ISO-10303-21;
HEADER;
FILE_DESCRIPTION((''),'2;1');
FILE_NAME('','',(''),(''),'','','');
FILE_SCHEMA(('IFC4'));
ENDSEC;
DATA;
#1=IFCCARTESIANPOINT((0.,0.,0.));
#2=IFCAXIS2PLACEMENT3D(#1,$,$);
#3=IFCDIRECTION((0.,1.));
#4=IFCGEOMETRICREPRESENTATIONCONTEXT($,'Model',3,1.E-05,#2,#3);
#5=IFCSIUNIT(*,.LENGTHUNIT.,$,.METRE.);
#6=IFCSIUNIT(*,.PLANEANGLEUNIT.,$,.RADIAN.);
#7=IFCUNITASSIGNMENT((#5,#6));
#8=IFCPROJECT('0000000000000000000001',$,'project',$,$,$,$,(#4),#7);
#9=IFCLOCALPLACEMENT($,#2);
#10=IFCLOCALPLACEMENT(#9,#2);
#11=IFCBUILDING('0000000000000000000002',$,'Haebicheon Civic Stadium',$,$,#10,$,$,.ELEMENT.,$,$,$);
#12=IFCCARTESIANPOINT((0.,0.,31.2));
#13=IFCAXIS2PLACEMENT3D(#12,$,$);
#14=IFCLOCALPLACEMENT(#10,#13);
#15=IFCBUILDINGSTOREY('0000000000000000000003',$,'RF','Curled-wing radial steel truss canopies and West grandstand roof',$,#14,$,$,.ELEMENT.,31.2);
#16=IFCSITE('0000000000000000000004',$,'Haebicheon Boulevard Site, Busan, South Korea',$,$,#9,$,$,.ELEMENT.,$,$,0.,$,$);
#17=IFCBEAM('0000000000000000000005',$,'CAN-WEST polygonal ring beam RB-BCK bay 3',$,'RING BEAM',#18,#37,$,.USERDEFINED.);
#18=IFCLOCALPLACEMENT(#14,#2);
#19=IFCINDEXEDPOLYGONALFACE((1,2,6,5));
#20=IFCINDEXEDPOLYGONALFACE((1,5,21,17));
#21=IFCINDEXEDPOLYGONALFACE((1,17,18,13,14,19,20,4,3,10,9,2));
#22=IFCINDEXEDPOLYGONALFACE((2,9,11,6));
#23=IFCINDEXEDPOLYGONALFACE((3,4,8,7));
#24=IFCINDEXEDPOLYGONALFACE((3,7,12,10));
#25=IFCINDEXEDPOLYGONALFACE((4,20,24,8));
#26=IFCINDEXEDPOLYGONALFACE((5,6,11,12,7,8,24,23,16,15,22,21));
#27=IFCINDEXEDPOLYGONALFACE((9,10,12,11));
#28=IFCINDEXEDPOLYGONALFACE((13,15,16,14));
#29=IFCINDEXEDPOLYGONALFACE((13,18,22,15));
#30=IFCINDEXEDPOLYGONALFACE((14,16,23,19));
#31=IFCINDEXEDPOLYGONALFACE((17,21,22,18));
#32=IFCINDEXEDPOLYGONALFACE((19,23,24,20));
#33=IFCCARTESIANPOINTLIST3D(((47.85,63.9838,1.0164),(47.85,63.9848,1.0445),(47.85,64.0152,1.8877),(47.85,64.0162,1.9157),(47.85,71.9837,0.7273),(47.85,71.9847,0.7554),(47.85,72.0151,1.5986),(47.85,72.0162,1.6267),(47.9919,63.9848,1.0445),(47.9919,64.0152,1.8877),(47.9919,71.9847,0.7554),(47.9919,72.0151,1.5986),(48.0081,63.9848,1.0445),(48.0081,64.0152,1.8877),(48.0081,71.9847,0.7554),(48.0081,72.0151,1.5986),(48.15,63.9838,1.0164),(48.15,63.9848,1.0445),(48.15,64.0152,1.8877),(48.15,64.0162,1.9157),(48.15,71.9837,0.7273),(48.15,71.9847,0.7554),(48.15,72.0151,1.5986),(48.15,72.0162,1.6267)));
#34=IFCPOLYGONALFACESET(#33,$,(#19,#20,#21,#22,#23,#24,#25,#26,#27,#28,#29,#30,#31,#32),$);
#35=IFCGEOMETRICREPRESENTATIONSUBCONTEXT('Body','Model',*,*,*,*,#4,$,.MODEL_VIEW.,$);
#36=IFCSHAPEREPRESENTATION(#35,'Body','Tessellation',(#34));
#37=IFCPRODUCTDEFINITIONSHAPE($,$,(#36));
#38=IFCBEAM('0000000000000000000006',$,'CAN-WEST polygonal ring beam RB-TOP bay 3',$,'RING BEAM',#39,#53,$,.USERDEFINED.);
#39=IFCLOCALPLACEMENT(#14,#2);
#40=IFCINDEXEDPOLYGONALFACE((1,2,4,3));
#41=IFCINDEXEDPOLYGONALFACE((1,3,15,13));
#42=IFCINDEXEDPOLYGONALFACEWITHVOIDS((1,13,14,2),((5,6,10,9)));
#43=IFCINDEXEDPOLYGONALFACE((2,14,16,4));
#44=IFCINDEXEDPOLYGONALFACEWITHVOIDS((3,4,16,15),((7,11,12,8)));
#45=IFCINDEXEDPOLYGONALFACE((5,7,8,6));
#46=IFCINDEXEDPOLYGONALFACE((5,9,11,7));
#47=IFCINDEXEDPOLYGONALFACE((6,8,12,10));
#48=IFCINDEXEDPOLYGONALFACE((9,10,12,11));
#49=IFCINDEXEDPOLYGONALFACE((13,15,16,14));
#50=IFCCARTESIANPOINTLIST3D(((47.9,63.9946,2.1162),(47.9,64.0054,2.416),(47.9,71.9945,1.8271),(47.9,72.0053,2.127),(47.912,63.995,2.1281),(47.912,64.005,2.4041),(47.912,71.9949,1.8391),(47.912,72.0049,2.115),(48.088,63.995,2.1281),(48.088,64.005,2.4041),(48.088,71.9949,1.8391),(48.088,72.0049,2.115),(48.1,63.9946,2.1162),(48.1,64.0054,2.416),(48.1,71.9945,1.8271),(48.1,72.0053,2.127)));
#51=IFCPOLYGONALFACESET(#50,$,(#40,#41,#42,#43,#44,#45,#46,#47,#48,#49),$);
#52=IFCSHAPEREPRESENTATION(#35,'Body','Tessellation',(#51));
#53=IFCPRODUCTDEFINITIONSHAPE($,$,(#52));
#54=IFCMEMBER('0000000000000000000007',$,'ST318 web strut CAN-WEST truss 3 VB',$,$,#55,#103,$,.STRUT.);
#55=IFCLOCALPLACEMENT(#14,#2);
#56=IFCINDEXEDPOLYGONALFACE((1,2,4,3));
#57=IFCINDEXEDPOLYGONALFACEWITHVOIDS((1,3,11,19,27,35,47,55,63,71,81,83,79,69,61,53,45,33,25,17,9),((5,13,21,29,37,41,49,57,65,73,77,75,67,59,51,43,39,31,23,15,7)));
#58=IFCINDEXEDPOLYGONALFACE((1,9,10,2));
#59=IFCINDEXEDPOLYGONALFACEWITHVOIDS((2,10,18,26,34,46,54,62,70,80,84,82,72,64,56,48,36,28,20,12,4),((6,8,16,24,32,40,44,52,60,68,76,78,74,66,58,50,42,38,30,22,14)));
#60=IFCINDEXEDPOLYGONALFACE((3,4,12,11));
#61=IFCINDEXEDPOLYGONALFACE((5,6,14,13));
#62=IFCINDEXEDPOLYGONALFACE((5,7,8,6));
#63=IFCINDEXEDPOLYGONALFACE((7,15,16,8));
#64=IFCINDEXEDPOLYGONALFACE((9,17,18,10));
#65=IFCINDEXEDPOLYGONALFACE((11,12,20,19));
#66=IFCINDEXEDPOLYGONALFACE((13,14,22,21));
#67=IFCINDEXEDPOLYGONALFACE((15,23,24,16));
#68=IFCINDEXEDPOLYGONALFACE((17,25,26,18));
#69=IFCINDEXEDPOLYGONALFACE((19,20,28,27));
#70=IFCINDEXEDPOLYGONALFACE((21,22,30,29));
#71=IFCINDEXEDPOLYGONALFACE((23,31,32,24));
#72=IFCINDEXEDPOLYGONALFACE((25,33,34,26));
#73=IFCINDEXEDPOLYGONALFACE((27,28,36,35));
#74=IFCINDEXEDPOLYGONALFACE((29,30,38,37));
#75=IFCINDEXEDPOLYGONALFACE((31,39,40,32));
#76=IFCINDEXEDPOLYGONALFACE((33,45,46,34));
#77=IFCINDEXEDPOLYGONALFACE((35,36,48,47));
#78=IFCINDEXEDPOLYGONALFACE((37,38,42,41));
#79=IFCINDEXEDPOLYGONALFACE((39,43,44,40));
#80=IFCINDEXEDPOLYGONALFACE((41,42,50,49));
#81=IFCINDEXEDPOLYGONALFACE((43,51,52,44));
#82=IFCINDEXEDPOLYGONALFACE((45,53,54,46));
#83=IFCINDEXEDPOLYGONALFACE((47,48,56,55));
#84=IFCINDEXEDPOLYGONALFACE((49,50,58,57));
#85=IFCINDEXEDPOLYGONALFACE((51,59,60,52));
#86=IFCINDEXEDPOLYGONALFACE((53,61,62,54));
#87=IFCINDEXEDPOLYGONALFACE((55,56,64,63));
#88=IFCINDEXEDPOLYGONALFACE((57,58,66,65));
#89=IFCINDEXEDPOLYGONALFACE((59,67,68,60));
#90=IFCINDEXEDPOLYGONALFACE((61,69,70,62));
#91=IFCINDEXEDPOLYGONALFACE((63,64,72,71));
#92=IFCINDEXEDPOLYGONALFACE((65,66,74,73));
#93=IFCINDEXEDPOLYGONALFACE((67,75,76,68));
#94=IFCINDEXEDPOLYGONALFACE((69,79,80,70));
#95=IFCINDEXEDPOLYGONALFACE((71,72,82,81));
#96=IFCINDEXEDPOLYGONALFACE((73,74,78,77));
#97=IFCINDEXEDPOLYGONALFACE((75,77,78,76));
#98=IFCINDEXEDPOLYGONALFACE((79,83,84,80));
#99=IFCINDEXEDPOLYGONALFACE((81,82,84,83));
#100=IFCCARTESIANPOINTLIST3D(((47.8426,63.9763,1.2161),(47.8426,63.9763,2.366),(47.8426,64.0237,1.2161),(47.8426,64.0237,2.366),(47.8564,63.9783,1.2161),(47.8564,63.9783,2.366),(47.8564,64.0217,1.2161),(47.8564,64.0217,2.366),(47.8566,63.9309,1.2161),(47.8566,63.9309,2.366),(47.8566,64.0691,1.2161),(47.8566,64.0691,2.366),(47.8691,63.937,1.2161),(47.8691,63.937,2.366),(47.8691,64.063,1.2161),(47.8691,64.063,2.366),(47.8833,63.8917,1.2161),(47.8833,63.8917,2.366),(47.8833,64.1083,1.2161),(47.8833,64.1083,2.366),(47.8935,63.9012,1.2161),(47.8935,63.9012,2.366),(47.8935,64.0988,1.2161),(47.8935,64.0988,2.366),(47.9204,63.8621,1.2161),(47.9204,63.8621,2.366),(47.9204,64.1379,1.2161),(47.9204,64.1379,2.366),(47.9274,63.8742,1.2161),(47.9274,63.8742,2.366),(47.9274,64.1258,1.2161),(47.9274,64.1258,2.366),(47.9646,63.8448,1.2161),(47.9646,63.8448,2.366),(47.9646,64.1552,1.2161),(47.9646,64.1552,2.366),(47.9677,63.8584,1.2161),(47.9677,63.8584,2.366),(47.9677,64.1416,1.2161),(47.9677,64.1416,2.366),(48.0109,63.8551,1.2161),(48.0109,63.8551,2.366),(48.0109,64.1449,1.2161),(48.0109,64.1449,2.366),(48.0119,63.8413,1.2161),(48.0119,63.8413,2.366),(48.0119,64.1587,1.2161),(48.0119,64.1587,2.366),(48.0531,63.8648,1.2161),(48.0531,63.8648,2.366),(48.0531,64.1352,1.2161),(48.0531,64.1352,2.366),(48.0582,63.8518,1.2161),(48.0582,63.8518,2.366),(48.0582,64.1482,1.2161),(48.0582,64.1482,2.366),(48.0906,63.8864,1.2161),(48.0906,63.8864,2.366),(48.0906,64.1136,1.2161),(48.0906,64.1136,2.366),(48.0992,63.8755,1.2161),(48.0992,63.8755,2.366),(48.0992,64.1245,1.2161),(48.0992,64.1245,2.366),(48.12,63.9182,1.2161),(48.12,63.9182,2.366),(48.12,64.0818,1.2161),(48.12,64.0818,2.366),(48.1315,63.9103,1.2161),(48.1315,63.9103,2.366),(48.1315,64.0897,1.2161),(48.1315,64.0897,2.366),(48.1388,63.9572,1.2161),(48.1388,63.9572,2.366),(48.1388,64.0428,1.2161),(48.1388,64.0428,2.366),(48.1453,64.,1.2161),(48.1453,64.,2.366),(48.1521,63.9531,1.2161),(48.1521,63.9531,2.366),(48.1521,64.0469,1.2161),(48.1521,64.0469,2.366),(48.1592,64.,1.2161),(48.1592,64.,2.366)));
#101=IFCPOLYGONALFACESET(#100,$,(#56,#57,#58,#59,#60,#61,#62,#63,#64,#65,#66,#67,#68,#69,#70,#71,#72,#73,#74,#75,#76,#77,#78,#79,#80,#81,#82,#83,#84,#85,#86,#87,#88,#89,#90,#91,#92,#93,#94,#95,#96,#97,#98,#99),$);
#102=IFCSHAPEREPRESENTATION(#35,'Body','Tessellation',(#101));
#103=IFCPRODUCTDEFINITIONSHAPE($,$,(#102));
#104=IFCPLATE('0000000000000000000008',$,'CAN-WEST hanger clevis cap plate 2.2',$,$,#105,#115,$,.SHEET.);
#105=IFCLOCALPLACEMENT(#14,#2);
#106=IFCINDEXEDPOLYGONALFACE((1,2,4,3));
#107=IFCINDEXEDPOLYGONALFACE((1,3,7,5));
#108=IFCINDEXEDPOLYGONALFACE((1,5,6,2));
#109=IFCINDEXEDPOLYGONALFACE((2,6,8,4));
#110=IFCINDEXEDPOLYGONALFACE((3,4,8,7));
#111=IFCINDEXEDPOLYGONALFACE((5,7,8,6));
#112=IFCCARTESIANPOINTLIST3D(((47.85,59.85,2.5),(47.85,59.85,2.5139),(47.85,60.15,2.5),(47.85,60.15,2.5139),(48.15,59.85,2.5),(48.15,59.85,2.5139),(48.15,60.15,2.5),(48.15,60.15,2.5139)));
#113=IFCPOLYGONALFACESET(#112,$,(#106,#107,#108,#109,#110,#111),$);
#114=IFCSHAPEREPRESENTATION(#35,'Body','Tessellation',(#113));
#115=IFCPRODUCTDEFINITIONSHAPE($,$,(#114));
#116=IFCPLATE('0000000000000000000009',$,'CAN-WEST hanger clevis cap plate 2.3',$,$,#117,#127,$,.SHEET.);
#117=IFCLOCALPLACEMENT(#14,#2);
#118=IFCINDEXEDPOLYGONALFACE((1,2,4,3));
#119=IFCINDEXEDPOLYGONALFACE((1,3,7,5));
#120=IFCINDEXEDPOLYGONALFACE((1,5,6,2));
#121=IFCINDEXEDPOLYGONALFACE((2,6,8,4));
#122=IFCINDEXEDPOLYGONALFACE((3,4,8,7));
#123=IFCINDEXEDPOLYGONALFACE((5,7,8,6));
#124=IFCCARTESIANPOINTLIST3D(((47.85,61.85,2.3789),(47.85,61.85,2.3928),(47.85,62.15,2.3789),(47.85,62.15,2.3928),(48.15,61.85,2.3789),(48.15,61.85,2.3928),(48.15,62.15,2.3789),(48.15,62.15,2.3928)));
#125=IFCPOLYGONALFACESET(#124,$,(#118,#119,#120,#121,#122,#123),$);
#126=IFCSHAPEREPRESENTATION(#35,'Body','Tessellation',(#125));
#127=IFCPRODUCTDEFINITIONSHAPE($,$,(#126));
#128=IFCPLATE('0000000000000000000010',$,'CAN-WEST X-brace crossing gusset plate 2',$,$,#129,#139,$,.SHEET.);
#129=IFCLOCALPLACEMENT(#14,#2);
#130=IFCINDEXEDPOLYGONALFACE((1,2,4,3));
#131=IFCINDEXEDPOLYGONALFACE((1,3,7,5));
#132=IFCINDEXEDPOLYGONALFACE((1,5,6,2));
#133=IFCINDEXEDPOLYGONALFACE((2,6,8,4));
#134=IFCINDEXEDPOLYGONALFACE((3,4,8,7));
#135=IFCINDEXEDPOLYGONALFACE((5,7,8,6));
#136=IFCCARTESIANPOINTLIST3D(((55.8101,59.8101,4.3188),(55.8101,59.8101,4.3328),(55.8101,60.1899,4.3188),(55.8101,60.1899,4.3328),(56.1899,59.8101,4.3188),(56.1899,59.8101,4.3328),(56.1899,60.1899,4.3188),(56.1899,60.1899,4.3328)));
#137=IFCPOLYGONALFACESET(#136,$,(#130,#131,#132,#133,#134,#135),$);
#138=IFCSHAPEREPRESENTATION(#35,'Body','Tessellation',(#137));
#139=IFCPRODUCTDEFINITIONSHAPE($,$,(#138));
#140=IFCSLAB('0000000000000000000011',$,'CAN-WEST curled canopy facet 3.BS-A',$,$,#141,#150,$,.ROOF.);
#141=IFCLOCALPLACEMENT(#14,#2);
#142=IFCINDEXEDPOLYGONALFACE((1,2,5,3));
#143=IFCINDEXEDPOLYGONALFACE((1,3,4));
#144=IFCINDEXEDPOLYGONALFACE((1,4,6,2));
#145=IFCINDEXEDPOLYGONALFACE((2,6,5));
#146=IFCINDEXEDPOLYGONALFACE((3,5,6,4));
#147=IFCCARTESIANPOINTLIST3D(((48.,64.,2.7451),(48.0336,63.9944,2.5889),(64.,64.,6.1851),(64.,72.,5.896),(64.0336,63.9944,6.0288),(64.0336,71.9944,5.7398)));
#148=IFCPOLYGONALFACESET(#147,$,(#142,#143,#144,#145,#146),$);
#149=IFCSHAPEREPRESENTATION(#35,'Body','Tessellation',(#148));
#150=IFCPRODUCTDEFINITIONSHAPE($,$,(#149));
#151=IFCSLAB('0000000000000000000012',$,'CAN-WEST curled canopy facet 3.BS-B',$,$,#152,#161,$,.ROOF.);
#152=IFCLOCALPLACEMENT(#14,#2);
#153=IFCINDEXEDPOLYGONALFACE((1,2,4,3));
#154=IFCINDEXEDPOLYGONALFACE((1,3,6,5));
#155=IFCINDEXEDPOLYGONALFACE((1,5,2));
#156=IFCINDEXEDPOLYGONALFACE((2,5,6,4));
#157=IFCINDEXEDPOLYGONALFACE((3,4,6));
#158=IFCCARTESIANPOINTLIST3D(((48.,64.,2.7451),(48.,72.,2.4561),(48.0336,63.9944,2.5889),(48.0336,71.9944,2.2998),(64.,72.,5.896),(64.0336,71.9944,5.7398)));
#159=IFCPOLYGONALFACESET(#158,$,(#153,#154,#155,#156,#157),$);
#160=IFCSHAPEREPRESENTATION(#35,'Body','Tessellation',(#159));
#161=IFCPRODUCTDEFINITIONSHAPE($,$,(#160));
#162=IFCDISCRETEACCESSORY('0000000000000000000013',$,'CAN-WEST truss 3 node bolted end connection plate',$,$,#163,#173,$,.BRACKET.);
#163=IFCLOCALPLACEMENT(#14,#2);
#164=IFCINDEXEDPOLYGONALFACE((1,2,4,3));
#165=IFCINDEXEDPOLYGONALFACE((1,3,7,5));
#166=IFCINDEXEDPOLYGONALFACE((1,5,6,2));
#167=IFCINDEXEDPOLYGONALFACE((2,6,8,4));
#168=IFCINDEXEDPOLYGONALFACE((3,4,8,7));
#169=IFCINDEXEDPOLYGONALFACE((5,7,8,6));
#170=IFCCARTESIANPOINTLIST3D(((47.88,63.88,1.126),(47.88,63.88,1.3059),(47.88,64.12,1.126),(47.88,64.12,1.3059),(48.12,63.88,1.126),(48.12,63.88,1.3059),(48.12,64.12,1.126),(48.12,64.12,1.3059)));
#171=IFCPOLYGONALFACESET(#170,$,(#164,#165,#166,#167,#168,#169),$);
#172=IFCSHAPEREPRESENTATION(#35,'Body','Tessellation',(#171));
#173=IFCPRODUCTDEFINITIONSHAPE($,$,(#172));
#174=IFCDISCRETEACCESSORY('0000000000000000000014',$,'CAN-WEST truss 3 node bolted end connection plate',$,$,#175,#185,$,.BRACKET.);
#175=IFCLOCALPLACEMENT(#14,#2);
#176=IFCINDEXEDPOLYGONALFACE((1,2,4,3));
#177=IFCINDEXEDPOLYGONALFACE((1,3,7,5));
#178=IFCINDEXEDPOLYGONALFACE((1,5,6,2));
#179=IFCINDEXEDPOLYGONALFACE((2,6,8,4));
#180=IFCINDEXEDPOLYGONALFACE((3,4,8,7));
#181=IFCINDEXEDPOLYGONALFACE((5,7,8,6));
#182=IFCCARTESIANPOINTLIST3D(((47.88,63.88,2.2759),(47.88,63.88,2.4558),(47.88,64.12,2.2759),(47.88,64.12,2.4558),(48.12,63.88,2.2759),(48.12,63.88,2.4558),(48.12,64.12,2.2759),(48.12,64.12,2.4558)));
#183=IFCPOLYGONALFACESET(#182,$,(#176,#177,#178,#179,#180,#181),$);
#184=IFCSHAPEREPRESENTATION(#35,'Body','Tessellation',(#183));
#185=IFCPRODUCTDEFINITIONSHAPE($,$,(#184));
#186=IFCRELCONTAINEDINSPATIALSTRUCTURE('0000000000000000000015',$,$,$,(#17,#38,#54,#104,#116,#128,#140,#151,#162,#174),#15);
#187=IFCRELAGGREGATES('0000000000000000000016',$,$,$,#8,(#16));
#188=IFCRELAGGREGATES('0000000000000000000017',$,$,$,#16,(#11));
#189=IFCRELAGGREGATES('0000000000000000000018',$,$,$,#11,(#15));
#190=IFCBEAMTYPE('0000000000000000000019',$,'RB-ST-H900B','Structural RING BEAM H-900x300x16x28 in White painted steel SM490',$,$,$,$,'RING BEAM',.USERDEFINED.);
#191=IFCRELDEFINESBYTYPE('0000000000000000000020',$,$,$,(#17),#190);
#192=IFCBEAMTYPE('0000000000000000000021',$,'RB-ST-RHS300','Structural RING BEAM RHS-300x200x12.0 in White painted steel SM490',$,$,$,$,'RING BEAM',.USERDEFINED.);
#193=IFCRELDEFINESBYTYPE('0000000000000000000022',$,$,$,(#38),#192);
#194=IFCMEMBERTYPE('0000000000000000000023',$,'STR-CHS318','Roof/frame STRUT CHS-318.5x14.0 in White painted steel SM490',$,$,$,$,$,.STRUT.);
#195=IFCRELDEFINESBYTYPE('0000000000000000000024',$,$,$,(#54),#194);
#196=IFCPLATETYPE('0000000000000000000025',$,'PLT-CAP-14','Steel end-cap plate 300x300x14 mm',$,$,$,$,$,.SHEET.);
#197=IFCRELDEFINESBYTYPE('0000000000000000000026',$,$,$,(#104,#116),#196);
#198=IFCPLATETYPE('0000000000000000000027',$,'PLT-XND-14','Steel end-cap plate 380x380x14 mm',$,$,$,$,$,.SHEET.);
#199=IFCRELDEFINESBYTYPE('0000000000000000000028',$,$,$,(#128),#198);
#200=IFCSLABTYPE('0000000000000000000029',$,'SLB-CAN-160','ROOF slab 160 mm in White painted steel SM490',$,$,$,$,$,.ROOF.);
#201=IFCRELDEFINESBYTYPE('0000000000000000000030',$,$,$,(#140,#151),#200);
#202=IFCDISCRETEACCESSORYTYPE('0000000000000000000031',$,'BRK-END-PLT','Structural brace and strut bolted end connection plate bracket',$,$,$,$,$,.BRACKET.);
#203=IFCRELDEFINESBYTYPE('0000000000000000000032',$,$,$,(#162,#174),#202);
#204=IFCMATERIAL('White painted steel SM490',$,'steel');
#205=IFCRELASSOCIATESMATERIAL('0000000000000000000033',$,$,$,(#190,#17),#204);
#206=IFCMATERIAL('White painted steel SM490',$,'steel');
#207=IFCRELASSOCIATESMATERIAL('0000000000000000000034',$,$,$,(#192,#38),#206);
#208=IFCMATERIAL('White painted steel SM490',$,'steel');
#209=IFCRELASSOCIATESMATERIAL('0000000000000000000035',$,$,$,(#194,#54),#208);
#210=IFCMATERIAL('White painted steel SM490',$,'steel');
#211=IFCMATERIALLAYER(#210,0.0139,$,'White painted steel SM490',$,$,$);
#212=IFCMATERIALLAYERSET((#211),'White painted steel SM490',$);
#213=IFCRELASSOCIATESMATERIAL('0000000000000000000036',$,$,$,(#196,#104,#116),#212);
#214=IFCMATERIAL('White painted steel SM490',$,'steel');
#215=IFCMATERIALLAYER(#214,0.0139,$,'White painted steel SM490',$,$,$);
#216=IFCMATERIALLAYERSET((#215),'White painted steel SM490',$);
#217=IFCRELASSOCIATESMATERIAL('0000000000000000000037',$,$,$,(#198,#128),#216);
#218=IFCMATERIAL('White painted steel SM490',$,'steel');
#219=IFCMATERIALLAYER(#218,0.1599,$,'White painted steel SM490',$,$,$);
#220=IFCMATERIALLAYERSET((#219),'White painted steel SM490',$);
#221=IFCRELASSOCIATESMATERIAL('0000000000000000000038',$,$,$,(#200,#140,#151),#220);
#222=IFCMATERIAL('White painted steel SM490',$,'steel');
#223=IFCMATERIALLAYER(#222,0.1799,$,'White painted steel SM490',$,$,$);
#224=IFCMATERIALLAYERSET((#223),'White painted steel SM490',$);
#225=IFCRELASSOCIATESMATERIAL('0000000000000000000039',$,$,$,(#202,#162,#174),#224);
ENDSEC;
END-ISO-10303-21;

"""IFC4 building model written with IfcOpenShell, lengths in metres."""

from ifc_helpers import new_model, si_unit, direction, frame, origin, origin_2d, place, context, subcontext, project, spatial, polyline, rectangle, hollow_rectangle, hollow_circle, i_section, outline, extrude, material, layer, layer_set, material_profile, profile_set, type_object, element, save


model = new_model("IFC4")

# Units and contexts
model_context = context("Model", 3, precision=1e-05, world=origin(), true_north=direction((0.0, 1.0)))
body_context = subcontext(model_context, "Body", "Model", "MODEL_VIEW")
ifc_project = project(units=[si_unit("LENGTHUNIT", "METRE"), si_unit("PLANEANGLEUNIT", "RADIAN")], contexts=[model_context])

# Site, building, storey
site_placement = place(None, origin())
site = spatial("IfcSite", under=ifc_project, at=site_placement, Name="Haebicheon Boulevard Site, Busan, South Korea", CompositionType="ELEMENT", RefElevation=0.0)
building_placement = place(site_placement, origin())
building = spatial("IfcBuilding", under=site, at=building_placement, Name="Haebicheon Civic Stadium", CompositionType="ELEMENT")
storey_placement = place(building_placement, frame((0.0, 0.0, 31.2)))
storey = spatial("IfcBuildingStorey", under=building, at=storey_placement, Name="RF", Description="Curled-wing radial steel truss canopies and West grandstand roof", CompositionType="ELEMENT", Elevation=31.2)

# Beams
ifc_material_1 = material(Name="White painted steel SM490", Category="steel")
ifc_material_profile_1 = material_profile(ifc_material_1, i_section(OverallWidth=0.3, OverallDepth=0.8999, WebThickness=0.0161, FlangeThickness=0.0281, at=origin_2d()), Name="H-900x300x16x28")
ifc_profile_set_1 = profile_set([ifc_material_profile_1], Name="White painted steel SM490")
beam_type_1 = type_object("IfcBeamType", Name="RB-ST-H900B", Description="Structural RING BEAM H-900x300x16x28 in White painted steel SM490", ElementType="RING BEAM", PredefinedType="USERDEFINED", material=ifc_profile_set_1)
beam_1_placement = place(storey_placement, frame((48.0, 64.0, 1.4661), z_axis=(0.0, 0.999348, -0.036109), x_axis=(-1.0, 0.0, 0.0)))
element("IfcBeam", 1, at=beam_1_placement, inside=storey, type_object=beam_type_1, material=ifc_profile_set_1, Name="CAN-WEST polygonal ring beam RB-BCK bay 3", ObjectType="RING BEAM", PredefinedType="USERDEFINED", context=body_context, shape_type="SweptSolid", body=[
    extrude(i_section(OverallWidth=0.3, OverallDepth=0.8999, WebThickness=0.0161, FlangeThickness=0.0281, at=origin_2d()), origin(), (0.0, 0.0, 1.0), 8.0051),
])
ifc_material_2 = material(Name="White painted steel SM490", Category="steel")
ifc_material_profile_2 = material_profile(ifc_material_2, hollow_rectangle(XDim=0.2, YDim=0.3, WallThickness=0.012, at=origin_2d()), Name="RHS-300x200x12.0")
ifc_profile_set_2 = profile_set([ifc_material_profile_2], Name="White painted steel SM490")
beam_type_2 = type_object("IfcBeamType", Name="RB-ST-RHS300", Description="Structural RING BEAM RHS-300x200x12.0 in White painted steel SM490", ElementType="RING BEAM", PredefinedType="USERDEFINED", material=ifc_profile_set_2)
beam_2_placement = place(storey_placement, frame((48.0, 64.0, 2.2661), z_axis=(0.0, 0.999348, -0.036109), x_axis=(-1.0, 0.0, 0.0)))
element("IfcBeam", 2, at=beam_2_placement, inside=storey, type_object=beam_type_2, material=ifc_profile_set_2, Name="CAN-WEST polygonal ring beam RB-TOP bay 3", ObjectType="RING BEAM", PredefinedType="USERDEFINED", context=body_context, shape_type="SweptSolid", body=[
    extrude(hollow_rectangle(XDim=0.2, YDim=0.3, WallThickness=0.012, at=origin_2d()), origin(), (0.0, 0.0, 1.0), 8.0051),
])

# Member
ifc_material_3 = material(Name="White painted steel SM490", Category="steel")
ifc_material_profile_3 = material_profile(ifc_material_3, hollow_circle(Radius=0.1592, WallThickness=0.0139, at=origin_2d()), Name="CHS-318.5x14.0")
ifc_profile_set_3 = profile_set([ifc_material_profile_3], Name="White painted steel SM490")
member_type_1 = type_object("IfcMemberType", Name="STR-CHS318", Description="Roof/frame STRUT CHS-318.5x14.0 in White painted steel SM490", PredefinedType="STRUT", material=ifc_profile_set_3)
member_1_placement = place(storey_placement, frame((48.0, 64.0, 1.2161), z_axis=(0.0, 0.0, 1.0), x_axis=(1.0, 0.0, 0.0)))
element("IfcMember", 3, at=member_1_placement, inside=storey, type_object=member_type_1, material=ifc_profile_set_3, Name="ST318 web strut CAN-WEST truss 3 VB", PredefinedType="STRUT", context=body_context, shape_type="SweptSolid", body=[
    extrude(hollow_circle(Radius=0.1592, WallThickness=0.0139, at=origin_2d()), origin(), (0.0, 0.0, 1.0), 1.1499),
])

# Plates
ifc_material_4 = material(Name="White painted steel SM490", Category="steel")
ifc_layer_1 = layer(ifc_material_4, 0.0139, Name="White painted steel SM490")
ifc_layer_set_1 = layer_set([ifc_layer_1], Name="White painted steel SM490")
plate_type_1 = type_object("IfcPlateType", Name="PLT-CAP-14", Description="Steel end-cap plate 300x300x14 mm", PredefinedType="SHEET", material=ifc_layer_set_1)
for number, where, z_axis, x_axis, name in (
    (4, (48.0, 60.0, 2.5), (0.0, 0.0, 1.0), (1.0, 0.0, 0.0), "CAN-WEST hanger clevis cap plate 2.2"),
    (5, (48.0, 62.0, 2.3789), (0.0, 0.0, 1.0), (1.0, 0.0, 0.0), "CAN-WEST hanger clevis cap plate 2.3"),
):
    element("IfcPlate", number, at=place(storey_placement, frame(where, z_axis=z_axis, x_axis=x_axis)), inside=storey, type_object=plate_type_1, material=ifc_layer_set_1, Name=name, PredefinedType="SHEET", context=body_context, shape_type="SweptSolid", body=[
        extrude(rectangle(XDim=0.3, YDim=0.3, at=origin_2d()), origin(), (0.0, 0.0, 1.0), 0.0139),
    ])
ifc_material_5 = material(Name="White painted steel SM490", Category="steel")
ifc_layer_2 = layer(ifc_material_5, 0.0139, Name="White painted steel SM490")
ifc_layer_set_2 = layer_set([ifc_layer_2], Name="White painted steel SM490")
plate_type_2 = type_object("IfcPlateType", Name="PLT-XND-14", Description="Steel end-cap plate 380x380x14 mm", PredefinedType="SHEET", material=ifc_layer_set_2)
plate_placement = place(storey_placement, frame((56.0, 60.0, 4.3188), z_axis=(0.0, 0.0, 1.0), x_axis=(1.0, 0.0, 0.0)))
element("IfcPlate", 6, at=plate_placement, inside=storey, type_object=plate_type_2, material=ifc_layer_set_2, Name="CAN-WEST X-brace crossing gusset plate 2", PredefinedType="SHEET", context=body_context, shape_type="SweptSolid", body=[
    extrude(rectangle(XDim=0.3799, YDim=0.3799, at=origin_2d()), origin(), (0.0, 0.0, 1.0), 0.0139),
])

# Slabs
ifc_material_6 = material(Name="White painted steel SM490", Category="steel")
ifc_layer_3 = layer(ifc_material_6, 0.1599, Name="White painted steel SM490")
ifc_layer_set_3 = layer_set([ifc_layer_3], Name="White painted steel SM490")
slab_type = type_object("IfcSlabType", Name="SLB-CAN-160", Description="ROOF slab 160 mm in White painted steel SM490", PredefinedType="ROOF", material=ifc_layer_set_3)
slab_1_placement = place(storey_placement, frame((48.0, 64.0, 2.7451), z_axis=(-0.210062, 0.035304, 0.97705), x_axis=(0.97766, 0.0, 0.210193)))
element("IfcSlab", 7, at=slab_1_placement, inside=storey, type_object=slab_type, material=ifc_layer_set_3, Name="CAN-WEST curled canopy facet 3.BS-A", PredefinedType="ROOF", context=body_context, shape_type="SweptSolid", body=[
    extrude(outline(polyline([(0.0, 0.0), (16.3656, 0.0), (16.3049, 8.005), (0.0, 0.0)])), origin(), (0.0, 0.0, -1.0), 0.1599),
])
slab_2_placement = place(storey_placement, frame((48.0, 64.0, 2.7451), z_axis=(-0.210062, 0.035304, 0.97705), x_axis=(0.880867, 0.440434, 0.173469)))
element("IfcSlab", 8, at=slab_2_placement, inside=storey, type_object=slab_type, material=ifc_layer_set_3, Name="CAN-WEST curled canopy facet 3.BS-B", PredefinedType="ROOF", context=body_context, shape_type="SweptSolid", body=[
    extrude(outline(polyline([(0.0, 0.0), (18.1639, 0.0), (3.4733, 7.2125), (0.0, 0.0)])), origin(), (0.0, 0.0, -1.0), 0.1599),
])

# Discrete accessories
ifc_material_7 = material(Name="White painted steel SM490", Category="steel")
ifc_layer_4 = layer(ifc_material_7, 0.1799, Name="White painted steel SM490")
ifc_layer_set_4 = layer_set([ifc_layer_4], Name="White painted steel SM490")
discrete_accessory_type = type_object("IfcDiscreteAccessoryType", Name="BRK-END-PLT", Description="Structural brace and strut bolted end connection plate bracket", PredefinedType="BRACKET", material=ifc_layer_set_4)
for number, where, z_axis, x_axis, name in (
    (9, (48.0, 64.0, 1.126), (0.0, 0.0, 1.0), (1.0, 0.0, 0.0), "CAN-WEST truss 3 node bolted end connection plate"),
    (10, (48.0, 64.0, 2.2759), (0.0, 0.0, 1.0), (1.0, 0.0, 0.0), "CAN-WEST truss 3 node bolted end connection plate"),
):
    element("IfcDiscreteAccessory", number, at=place(storey_placement, frame(where, z_axis=z_axis, x_axis=x_axis)), inside=storey, type_object=discrete_accessory_type, material=ifc_layer_set_4, Name=name, PredefinedType="BRACKET", context=body_context, shape_type="SweptSolid", body=[
        extrude(rectangle(XDim=0.24, YDim=0.24, at=origin_2d()), origin(), (0.0, 0.0, 1.0), 0.1799),
    ])

save(model, "model.ifc")
